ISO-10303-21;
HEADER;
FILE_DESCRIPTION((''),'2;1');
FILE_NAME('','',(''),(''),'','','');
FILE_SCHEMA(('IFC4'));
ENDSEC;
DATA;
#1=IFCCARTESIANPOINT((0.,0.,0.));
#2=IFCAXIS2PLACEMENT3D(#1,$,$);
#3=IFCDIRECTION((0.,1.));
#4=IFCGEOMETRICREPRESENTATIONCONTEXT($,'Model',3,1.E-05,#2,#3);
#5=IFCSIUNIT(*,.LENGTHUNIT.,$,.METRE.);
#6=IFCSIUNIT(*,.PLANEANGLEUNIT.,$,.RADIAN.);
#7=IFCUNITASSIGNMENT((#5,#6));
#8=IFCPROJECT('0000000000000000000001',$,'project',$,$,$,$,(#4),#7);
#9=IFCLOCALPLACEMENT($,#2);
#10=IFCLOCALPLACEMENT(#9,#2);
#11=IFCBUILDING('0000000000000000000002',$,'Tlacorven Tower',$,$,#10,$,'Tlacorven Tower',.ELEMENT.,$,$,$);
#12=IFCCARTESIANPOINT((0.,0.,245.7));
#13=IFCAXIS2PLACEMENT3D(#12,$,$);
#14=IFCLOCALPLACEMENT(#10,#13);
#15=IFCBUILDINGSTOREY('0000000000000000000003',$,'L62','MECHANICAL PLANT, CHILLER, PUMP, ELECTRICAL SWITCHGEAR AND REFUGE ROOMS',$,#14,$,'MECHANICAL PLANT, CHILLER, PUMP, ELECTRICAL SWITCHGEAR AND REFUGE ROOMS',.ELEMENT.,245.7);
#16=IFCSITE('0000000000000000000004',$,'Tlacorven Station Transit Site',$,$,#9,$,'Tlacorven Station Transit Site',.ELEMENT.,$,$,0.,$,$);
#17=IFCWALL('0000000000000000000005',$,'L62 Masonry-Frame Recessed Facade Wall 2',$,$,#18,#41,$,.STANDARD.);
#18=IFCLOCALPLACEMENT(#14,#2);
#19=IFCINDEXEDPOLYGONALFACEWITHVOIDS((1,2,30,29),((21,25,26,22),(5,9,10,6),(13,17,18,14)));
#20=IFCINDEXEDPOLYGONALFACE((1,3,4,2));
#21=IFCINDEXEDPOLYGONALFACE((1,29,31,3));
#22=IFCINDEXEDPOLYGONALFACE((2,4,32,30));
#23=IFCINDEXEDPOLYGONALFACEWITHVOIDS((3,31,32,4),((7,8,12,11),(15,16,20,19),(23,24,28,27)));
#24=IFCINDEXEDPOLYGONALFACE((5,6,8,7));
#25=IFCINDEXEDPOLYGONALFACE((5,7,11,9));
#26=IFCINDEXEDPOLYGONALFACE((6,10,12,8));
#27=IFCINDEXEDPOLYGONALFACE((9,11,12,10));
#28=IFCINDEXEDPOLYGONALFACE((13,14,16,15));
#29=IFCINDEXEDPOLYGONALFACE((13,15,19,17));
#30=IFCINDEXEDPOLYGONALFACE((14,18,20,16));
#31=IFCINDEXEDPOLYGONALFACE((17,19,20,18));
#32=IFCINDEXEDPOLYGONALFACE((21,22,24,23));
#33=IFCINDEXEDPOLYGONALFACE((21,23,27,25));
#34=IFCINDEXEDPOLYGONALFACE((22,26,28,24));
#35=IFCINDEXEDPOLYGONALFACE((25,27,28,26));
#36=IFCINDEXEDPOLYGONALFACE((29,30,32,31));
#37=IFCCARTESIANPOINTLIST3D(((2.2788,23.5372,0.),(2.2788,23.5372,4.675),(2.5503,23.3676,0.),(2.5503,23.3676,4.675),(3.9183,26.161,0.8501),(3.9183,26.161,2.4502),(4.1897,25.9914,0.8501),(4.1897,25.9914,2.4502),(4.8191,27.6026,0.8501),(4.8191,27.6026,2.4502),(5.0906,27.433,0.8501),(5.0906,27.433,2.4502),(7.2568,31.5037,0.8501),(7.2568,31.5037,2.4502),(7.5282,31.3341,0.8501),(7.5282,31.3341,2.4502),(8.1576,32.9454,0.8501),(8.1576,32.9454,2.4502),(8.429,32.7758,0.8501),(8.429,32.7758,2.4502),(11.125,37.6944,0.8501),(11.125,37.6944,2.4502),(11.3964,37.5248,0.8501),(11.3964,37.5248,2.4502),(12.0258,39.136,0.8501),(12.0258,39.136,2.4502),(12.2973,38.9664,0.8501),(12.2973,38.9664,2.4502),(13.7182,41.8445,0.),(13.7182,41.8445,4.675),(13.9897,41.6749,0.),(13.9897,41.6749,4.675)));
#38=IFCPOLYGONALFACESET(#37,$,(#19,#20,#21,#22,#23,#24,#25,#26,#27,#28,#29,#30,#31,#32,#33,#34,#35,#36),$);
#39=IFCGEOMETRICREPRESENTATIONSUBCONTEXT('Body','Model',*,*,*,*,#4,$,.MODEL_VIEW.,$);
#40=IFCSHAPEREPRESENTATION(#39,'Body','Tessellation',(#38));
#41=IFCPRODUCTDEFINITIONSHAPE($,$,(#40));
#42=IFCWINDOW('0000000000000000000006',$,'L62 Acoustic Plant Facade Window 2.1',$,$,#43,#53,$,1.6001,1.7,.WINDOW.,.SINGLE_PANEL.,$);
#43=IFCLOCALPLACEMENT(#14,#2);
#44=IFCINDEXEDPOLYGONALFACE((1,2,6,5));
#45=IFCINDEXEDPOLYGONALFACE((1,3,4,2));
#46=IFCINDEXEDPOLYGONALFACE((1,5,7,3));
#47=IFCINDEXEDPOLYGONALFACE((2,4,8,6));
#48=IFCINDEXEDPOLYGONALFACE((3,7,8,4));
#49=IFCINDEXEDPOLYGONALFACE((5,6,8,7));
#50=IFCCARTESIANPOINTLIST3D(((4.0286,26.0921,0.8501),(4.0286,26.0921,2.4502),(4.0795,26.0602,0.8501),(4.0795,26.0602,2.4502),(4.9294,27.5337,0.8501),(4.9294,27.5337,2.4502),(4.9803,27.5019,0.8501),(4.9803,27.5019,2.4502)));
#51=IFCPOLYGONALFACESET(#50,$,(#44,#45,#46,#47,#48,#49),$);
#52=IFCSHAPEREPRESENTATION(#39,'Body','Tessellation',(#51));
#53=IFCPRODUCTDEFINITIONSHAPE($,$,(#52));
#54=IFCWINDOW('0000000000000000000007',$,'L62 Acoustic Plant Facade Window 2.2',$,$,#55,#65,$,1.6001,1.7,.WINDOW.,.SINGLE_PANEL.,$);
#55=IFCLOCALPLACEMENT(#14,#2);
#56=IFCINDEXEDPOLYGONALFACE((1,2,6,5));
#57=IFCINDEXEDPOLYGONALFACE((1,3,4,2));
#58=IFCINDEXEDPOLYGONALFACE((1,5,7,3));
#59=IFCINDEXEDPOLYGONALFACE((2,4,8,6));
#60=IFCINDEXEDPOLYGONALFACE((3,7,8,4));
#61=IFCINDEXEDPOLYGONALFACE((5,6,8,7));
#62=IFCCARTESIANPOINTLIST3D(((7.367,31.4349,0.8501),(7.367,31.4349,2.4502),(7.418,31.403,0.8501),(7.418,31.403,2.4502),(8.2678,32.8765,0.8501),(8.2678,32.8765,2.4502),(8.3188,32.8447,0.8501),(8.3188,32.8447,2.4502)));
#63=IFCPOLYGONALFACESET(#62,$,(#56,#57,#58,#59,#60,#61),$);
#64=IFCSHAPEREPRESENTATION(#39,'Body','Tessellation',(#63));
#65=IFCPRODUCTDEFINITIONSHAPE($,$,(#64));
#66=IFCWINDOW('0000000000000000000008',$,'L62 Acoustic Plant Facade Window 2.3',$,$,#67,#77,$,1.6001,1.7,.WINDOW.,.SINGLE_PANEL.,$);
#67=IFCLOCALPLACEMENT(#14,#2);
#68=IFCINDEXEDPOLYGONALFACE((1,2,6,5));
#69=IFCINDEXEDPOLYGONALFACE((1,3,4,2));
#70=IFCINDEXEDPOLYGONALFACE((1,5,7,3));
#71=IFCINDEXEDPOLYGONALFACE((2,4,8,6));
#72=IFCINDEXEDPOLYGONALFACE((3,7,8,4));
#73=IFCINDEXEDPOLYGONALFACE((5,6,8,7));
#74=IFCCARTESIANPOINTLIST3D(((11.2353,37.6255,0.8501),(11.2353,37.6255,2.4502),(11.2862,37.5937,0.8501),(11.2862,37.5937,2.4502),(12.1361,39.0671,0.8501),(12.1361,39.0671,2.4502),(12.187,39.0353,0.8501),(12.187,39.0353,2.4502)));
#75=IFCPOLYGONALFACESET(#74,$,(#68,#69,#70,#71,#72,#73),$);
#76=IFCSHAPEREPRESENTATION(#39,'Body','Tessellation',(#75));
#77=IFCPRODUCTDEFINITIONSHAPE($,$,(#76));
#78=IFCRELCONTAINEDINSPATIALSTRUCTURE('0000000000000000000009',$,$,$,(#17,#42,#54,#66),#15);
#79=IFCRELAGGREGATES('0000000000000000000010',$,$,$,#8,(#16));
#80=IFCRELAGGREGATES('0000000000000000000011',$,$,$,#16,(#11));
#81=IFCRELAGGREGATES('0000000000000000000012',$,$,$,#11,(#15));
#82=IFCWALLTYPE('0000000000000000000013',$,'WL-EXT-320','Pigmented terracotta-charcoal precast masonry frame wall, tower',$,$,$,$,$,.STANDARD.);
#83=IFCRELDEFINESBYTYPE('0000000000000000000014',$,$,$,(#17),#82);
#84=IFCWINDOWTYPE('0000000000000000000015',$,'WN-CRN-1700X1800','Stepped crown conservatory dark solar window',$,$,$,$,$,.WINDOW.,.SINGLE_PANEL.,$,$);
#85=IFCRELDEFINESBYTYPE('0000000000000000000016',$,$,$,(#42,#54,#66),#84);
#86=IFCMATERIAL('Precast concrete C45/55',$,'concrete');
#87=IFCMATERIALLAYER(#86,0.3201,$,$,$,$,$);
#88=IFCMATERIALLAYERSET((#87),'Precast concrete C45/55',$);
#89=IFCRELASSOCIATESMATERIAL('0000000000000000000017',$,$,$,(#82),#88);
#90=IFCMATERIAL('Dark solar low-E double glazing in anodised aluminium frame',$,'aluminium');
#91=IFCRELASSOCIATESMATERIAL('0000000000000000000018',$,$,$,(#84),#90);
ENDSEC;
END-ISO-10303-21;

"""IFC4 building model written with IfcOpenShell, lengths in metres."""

from ifc_helpers import new_model, si_unit, direction, frame, frame_2d, origin, place, context, subcontext, project, spatial, rectangle, extrude, source, transform, mapped, material, layer, layer_set, type_object, element, fill, save


model = new_model("IFC4")

# Units and contexts
model_context = context("Model", 3, precision=1e-05, world=origin(), true_north=direction((0.0, 1.0)))
body_context = subcontext(model_context, "Body", "Model", "MODEL_VIEW")
ifc_project = project(units=[si_unit("LENGTHUNIT", "METRE"), si_unit("PLANEANGLEUNIT", "RADIAN")], contexts=[model_context])

# Site, building, storey
site_placement = place(None, origin())
site = spatial("IfcSite", under=ifc_project, at=site_placement, Name="Tlacorven Station Transit Site", LongName="Tlacorven Station Transit Site", CompositionType="ELEMENT", RefElevation=0.0)
building_placement = place(site_placement, origin())
building = spatial("IfcBuilding", under=site, at=building_placement, Name="Tlacorven Tower", LongName="Tlacorven Tower", CompositionType="ELEMENT")
storey_placement = place(building_placement, frame((0.0, 0.0, 245.7)))
storey = spatial("IfcBuildingStorey", under=building, at=storey_placement, Name="L62", Description="MECHANICAL PLANT, CHILLER, PUMP, ELECTRICAL SWITCHGEAR AND REFUGE ROOMS", LongName="MECHANICAL PLANT, CHILLER, PUMP, ELECTRICAL SWITCHGEAR AND REFUGE ROOMS", CompositionType="ELEMENT", Elevation=245.7)

# Wall, openings, windows
ifc_material_1 = material(Name="Precast concrete C45/55", Category="concrete")
ifc_layer_1 = layer(ifc_material_1, 0.3201)
ifc_layer_set_1 = layer_set([ifc_layer_1], Name="Precast concrete C45/55")
wall_type = type_object("IfcWallType", Name="WL-EXT-320", Description="Pigmented terracotta-charcoal precast masonry frame wall, tower", PredefinedType="STANDARD", material=ifc_layer_set_1)
wall_placement = place(storey_placement, frame((2.4146, 23.4524, 0.0), z_axis=(0.0, 0.0, 1.0), x_axis=(0.52991, 0.848054, 0.0)))
wall = element("IfcWall", 1, at=wall_placement, inside=storey, type_object=wall_type, Name="L62 Masonry-Frame Recessed Facade Wall 2", PredefinedType="STANDARD", context=body_context, shape_type="SweptSolid", body=[
    extrude(rectangle(XDim=21.5874, YDim=0.3201, at=frame_2d((10.7937, 0.0))), origin(), (0.0, 0.0, 1.0), 4.675),
])
opening_1_placement = place(wall_placement, frame((3.0938, 0.0, 0.8501)))
opening_1 = element("IfcOpeningElement", 2, at=opening_1_placement, cuts=wall, PredefinedType="OPENING", context=body_context, shape_type="SweptSolid", body=[
    extrude(rectangle(XDim=1.7, YDim=1.6001, at=frame_2d((0.8501, 0.8))), frame((0.0, 0.1699, 0.0), z_axis=(0.0, -1.0, 0.0), x_axis=(1.0, 0.0, 0.0)), (0.0, 0.0, 1.0), 0.3401),
])
opening_2_placement = place(wall_placement, frame((9.3938, 0.0, 0.8501)))
opening_2 = element("IfcOpeningElement", 3, at=opening_2_placement, cuts=wall, PredefinedType="OPENING", context=body_context, shape_type="SweptSolid", body=[
    extrude(rectangle(XDim=1.7, YDim=1.6001, at=frame_2d((0.8501, 0.8))), frame((0.0, 0.1699, 0.0), z_axis=(0.0, -1.0, 0.0), x_axis=(1.0, 0.0, 0.0)), (0.0, 0.0, 1.0), 0.3401),
])
opening_3_placement = place(wall_placement, frame((16.6936, 0.0, 0.8501)))
opening_3 = element("IfcOpeningElement", 4, at=opening_3_placement, cuts=wall, PredefinedType="OPENING", context=body_context, shape_type="SweptSolid", body=[
    extrude(rectangle(XDim=1.7, YDim=1.6001, at=frame_2d((0.8501, 0.8))), frame((0.0, 0.1699, 0.0), z_axis=(0.0, -1.0, 0.0), x_axis=(1.0, 0.0, 0.0)), (0.0, 0.0, 1.0), 0.3401),
])
ifc_material_2 = material(Name="Dark solar low-E double glazing in anodised aluminium frame", Category="aluminium")
window_type = type_object("IfcWindowType", Name="WN-CRN-1700X1800", Description="Stepped crown conservatory dark solar window", PartitioningType="SINGLE_PANEL", PredefinedType="WINDOW", material=ifc_material_2)
shared_shape_1 = source(origin(), body_context, "Body", "SweptSolid", [
    extrude(rectangle(XDim=1.7, YDim=1.6001, at=frame_2d((0.8501, 0.8))), frame((0.0, 0.03, 0.0), z_axis=(0.0, -1.0, 0.0), x_axis=(1.0, 0.0, 0.0)), (0.0, 0.0, 1.0), 0.0601),
])
window_1_placement = place(opening_1_placement, origin())
window_1 = element("IfcWindow", 5, at=window_1_placement, inside=storey, type_object=window_type, Name="L62 Acoustic Plant Facade Window 2.1", OverallHeight=1.6001, OverallWidth=1.7, PartitioningType="SINGLE_PANEL", PredefinedType="WINDOW", context=body_context, shape_type="MappedRepresentation", body=[
    mapped(shared_shape_1, transform((0.0, 0.0, 0.0), scale=1.0)),
])
fill(opening_1, window_1)
window_2_placement = place(opening_2_placement, origin())
window_2 = element("IfcWindow", 6, at=window_2_placement, inside=storey, type_object=window_type, Name="L62 Acoustic Plant Facade Window 2.2", OverallHeight=1.6001, OverallWidth=1.7, PartitioningType="SINGLE_PANEL", PredefinedType="WINDOW", context=body_context, shape_type="MappedRepresentation", body=[
    mapped(shared_shape_1, transform((0.0, 0.0, 0.0), scale=1.0)),
])
fill(opening_2, window_2)
window_3_placement = place(opening_3_placement, origin())
window_3 = element("IfcWindow", 7, at=window_3_placement, inside=storey, type_object=window_type, Name="L62 Acoustic Plant Facade Window 2.3", OverallHeight=1.6001, OverallWidth=1.7, PartitioningType="SINGLE_PANEL", PredefinedType="WINDOW", context=body_context, shape_type="MappedRepresentation", body=[
    mapped(shared_shape_1, transform((0.0, 0.0, 0.0), scale=1.0)),
])
fill(opening_3, window_3)

save(model, "model.ifc")
